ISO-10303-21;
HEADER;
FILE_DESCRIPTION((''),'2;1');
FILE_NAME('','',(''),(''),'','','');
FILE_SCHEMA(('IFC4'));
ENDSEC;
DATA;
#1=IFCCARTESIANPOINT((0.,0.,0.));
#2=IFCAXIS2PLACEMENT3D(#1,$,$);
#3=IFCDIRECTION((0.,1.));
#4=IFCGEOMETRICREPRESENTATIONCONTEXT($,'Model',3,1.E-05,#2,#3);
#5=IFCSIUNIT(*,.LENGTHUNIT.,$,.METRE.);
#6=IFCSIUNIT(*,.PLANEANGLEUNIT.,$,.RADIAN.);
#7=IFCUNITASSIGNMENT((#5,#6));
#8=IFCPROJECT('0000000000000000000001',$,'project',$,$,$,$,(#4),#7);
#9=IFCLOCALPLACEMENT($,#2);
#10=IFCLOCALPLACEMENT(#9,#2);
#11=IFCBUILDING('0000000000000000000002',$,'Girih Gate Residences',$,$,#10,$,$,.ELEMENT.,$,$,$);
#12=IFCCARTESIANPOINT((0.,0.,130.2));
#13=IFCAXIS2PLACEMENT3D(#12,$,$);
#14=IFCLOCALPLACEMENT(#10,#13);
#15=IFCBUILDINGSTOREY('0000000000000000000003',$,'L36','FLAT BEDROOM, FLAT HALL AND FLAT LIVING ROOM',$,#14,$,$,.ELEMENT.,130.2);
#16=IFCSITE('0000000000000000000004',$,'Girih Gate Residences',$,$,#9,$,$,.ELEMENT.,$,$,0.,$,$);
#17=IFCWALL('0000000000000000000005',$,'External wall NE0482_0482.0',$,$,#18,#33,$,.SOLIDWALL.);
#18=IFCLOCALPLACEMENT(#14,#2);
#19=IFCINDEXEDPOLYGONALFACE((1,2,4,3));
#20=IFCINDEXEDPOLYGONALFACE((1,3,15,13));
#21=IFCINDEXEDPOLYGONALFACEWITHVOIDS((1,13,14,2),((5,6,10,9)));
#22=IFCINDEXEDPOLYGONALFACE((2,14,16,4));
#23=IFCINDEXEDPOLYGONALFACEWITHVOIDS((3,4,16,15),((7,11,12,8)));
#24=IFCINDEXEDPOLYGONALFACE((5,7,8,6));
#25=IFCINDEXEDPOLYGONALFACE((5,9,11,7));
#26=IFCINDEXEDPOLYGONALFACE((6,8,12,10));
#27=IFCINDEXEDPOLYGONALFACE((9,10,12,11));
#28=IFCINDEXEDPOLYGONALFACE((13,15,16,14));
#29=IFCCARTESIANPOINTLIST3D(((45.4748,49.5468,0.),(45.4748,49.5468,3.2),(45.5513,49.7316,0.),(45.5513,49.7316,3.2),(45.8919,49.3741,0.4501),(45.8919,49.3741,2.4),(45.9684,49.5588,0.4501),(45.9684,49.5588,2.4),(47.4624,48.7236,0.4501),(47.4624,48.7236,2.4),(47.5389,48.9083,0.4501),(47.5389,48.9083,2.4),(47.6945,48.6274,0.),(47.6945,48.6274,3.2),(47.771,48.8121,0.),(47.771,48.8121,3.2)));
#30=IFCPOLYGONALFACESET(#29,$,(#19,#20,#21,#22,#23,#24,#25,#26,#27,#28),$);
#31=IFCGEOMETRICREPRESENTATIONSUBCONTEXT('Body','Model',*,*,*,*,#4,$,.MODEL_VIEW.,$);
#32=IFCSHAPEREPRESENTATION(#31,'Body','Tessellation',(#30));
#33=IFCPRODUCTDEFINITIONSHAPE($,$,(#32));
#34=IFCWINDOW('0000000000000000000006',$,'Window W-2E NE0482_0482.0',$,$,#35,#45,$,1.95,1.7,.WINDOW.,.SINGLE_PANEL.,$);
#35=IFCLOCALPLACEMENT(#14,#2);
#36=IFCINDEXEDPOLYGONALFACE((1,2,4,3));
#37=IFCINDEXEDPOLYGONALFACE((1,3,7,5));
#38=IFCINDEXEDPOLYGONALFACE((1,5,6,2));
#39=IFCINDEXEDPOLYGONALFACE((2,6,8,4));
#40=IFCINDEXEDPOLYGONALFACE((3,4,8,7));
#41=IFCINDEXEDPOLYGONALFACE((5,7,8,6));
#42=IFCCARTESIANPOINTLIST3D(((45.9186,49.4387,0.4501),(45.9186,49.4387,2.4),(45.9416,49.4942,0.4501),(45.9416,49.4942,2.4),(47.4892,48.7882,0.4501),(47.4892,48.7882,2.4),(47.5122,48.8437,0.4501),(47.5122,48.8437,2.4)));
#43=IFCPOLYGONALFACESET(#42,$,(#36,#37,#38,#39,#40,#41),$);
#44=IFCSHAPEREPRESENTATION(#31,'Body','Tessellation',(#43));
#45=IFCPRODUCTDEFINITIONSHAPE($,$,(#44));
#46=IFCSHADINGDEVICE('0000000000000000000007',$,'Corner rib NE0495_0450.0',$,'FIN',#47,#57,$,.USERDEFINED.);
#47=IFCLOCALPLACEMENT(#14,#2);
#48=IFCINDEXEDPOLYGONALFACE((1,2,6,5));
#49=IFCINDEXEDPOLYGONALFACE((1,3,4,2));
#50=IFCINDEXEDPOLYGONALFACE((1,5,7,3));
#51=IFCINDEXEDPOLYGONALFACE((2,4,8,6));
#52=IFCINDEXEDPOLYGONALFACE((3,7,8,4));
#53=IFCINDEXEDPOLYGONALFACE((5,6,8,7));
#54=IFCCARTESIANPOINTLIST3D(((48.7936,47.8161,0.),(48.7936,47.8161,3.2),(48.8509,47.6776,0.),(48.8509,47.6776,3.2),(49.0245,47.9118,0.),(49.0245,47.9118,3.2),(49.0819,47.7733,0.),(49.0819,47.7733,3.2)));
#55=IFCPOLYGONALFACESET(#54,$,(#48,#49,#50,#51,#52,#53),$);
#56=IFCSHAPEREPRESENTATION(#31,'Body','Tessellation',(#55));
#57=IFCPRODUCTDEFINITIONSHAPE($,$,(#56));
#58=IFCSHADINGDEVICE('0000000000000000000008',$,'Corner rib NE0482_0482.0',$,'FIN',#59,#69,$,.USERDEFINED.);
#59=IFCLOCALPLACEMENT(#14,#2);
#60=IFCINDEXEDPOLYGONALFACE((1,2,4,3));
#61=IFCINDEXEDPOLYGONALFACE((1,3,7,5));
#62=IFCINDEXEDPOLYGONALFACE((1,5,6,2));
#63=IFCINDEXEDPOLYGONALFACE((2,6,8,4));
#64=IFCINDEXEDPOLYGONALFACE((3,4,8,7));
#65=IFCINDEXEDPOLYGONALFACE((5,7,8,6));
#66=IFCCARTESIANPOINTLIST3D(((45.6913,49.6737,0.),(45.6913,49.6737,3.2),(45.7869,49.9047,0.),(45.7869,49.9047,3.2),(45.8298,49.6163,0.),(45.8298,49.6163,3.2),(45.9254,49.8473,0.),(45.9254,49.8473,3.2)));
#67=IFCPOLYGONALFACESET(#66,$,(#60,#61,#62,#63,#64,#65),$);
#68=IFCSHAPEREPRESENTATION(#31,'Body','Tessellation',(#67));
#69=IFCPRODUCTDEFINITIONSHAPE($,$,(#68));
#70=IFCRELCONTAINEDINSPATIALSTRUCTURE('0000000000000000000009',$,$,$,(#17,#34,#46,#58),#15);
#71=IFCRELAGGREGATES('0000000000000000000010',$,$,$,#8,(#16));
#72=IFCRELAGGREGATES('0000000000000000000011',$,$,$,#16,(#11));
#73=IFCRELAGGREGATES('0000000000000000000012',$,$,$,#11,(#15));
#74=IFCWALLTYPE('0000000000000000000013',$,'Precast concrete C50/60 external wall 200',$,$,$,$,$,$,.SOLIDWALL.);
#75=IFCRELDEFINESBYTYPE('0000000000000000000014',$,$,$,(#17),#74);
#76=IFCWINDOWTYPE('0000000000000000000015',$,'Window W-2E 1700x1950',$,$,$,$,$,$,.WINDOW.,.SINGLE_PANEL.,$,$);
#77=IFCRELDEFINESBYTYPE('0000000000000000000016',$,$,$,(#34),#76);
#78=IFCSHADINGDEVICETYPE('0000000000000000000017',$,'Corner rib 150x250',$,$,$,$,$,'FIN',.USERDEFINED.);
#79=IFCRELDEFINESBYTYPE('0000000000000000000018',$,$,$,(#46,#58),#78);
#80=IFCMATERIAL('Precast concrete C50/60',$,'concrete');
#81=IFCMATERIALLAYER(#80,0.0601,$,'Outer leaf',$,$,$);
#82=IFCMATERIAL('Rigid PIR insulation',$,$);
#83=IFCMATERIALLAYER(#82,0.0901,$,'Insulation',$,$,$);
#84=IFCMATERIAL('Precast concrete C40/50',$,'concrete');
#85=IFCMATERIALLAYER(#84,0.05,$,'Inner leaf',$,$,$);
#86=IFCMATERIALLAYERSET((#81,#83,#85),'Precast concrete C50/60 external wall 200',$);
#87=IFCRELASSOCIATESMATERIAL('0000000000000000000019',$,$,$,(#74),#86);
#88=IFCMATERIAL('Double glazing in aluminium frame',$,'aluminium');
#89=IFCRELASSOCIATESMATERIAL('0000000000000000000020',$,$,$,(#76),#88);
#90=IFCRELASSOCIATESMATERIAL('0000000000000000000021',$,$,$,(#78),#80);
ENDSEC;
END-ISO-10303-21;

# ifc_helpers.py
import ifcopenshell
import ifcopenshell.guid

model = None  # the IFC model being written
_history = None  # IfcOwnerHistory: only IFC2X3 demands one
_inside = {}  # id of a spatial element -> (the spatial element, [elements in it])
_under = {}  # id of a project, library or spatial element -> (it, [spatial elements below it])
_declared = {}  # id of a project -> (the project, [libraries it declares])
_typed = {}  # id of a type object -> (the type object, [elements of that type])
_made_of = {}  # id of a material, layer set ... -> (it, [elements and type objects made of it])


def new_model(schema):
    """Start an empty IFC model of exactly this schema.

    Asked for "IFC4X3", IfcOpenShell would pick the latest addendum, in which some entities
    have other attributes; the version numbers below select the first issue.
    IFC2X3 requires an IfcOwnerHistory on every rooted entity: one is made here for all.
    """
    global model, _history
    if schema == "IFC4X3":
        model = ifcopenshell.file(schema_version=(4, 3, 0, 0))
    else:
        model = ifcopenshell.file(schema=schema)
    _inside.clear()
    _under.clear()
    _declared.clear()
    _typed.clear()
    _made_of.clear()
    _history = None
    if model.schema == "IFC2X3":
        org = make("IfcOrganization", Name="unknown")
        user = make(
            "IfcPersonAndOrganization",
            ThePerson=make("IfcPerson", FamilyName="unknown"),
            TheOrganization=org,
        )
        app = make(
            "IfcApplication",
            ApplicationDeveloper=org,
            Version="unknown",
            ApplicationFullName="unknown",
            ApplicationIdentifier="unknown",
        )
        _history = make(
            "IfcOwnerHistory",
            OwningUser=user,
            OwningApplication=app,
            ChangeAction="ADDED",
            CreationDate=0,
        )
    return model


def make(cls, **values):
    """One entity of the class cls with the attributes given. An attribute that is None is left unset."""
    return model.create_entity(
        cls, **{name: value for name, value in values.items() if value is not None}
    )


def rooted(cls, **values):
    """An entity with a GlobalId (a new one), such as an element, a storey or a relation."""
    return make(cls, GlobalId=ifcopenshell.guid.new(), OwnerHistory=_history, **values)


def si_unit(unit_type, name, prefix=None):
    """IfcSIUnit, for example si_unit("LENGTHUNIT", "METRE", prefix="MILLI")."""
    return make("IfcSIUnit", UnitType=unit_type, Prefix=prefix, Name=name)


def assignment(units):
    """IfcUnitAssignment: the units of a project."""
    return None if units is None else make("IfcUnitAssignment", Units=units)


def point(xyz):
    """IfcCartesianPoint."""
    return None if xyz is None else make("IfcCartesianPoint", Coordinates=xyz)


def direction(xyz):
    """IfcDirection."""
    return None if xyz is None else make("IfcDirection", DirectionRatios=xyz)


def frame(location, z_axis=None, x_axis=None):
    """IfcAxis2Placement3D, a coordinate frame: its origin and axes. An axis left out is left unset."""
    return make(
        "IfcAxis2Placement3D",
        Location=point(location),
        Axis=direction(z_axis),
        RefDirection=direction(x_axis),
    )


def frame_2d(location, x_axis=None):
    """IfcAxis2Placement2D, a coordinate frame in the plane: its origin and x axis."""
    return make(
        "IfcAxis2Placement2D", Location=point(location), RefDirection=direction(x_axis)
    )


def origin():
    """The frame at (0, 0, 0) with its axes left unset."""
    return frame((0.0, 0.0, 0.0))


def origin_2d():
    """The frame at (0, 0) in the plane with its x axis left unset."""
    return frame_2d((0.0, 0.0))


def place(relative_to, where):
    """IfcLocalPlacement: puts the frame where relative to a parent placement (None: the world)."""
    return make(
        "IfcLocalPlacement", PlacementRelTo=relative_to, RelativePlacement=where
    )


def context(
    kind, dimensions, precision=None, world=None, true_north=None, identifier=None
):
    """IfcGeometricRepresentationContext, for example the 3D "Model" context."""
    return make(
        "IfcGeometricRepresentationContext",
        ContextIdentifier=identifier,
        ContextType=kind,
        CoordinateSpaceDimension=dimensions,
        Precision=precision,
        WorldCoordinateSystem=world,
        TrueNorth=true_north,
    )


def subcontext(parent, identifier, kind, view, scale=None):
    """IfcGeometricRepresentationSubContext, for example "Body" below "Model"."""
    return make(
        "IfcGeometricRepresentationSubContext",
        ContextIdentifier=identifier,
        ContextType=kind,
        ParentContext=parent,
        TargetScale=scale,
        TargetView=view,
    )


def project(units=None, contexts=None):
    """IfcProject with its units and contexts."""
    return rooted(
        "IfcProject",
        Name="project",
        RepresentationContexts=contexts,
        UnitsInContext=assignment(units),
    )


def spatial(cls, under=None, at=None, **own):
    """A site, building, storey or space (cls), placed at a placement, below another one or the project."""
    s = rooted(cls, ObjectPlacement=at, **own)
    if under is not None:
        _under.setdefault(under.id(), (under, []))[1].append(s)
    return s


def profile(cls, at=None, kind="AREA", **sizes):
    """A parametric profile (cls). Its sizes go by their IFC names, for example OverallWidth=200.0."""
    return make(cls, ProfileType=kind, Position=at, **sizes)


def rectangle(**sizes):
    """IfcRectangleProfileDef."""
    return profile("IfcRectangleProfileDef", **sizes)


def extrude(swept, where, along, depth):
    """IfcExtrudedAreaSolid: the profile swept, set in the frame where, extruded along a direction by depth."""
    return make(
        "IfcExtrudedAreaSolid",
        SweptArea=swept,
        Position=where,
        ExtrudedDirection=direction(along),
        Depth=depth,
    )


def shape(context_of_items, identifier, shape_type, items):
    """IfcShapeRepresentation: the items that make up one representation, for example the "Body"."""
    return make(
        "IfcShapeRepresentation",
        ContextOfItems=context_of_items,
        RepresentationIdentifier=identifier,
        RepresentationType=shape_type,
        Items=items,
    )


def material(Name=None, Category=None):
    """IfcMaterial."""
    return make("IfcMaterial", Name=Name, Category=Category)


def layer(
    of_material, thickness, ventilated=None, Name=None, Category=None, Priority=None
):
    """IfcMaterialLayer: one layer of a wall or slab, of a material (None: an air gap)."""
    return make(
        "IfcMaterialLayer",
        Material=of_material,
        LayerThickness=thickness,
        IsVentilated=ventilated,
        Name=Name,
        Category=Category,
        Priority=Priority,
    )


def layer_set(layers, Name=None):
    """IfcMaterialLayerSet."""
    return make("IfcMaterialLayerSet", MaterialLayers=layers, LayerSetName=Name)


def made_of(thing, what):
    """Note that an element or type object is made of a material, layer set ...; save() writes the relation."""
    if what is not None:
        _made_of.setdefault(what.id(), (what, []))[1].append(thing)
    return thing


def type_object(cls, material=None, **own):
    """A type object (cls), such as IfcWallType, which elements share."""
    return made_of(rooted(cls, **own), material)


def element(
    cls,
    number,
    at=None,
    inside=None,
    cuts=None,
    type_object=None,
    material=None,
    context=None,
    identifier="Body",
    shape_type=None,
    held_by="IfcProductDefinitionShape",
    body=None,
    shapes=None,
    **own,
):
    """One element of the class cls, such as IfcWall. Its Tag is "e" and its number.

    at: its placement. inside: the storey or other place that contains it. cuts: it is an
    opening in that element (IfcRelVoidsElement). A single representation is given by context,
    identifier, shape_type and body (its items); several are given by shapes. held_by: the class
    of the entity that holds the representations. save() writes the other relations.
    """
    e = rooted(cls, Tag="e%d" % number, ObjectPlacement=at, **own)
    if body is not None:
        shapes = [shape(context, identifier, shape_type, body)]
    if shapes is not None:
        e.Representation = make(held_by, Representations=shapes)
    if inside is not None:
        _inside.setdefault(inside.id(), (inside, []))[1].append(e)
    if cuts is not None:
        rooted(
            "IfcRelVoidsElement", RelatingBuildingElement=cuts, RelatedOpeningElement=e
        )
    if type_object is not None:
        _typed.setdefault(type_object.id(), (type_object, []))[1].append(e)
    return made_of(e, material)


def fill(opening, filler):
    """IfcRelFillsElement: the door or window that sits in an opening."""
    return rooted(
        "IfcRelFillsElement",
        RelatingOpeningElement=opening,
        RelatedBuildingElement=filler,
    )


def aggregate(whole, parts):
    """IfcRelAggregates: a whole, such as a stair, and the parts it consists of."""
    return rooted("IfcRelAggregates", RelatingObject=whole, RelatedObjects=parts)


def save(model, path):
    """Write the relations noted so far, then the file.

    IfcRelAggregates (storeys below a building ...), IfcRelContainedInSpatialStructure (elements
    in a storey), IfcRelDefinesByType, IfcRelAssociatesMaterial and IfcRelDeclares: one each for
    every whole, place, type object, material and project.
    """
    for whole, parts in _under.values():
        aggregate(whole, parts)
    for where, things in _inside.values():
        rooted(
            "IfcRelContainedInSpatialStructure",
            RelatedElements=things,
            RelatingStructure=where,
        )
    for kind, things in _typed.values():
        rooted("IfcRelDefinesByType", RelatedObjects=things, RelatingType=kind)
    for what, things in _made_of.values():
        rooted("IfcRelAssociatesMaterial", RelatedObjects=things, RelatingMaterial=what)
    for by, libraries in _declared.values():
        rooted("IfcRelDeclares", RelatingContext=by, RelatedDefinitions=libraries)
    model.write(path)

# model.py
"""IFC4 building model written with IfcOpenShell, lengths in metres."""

from ifc_helpers import new_model, si_unit, direction, frame, frame_2d, origin, origin_2d, place, context, subcontext, project, spatial, rectangle, extrude, material, layer, layer_set, type_object, element, fill, save


model = new_model("IFC4")

# Units and contexts
model_context = context("Model", 3, precision=1e-05, world=origin(), true_north=direction((0.0, 1.0)))
body_context = subcontext(model_context, "Body", "Model", "MODEL_VIEW")
ifc_project = project(units=[si_unit("LENGTHUNIT", "METRE"), si_unit("PLANEANGLEUNIT", "RADIAN")], contexts=[model_context])

# Site, building, storey
site_placement = place(None, origin())
site = spatial("IfcSite", under=ifc_project, at=site_placement, Name="Girih Gate Residences", CompositionType="ELEMENT", RefElevation=0.0)
building_placement = place(site_placement, origin())
building = spatial("IfcBuilding", under=site, at=building_placement, Name="Girih Gate Residences", CompositionType="ELEMENT")
storey_placement = place(building_placement, frame((0.0, 0.0, 130.2)))
storey = spatial("IfcBuildingStorey", under=building, at=storey_placement, Name="L36", Description="FLAT BEDROOM, FLAT HALL AND FLAT LIVING ROOM", CompositionType="ELEMENT", Elevation=130.2)

# Wall, opening, window
ifc_material_1 = material(Name="Precast concrete C50/60", Category="concrete")
ifc_layer_1 = layer(ifc_material_1, 0.0601, Name="Outer leaf")
ifc_material_2 = material(Name="Rigid PIR insulation")
ifc_layer_2 = layer(ifc_material_2, 0.0901, Name="Insulation")
ifc_material_3 = material(Name="Precast concrete C40/50", Category="concrete")
ifc_layer_3 = layer(ifc_material_3, 0.05, Name="Inner leaf")
ifc_layer_set_1 = layer_set([ifc_layer_1, ifc_layer_2, ifc_layer_3], Name="Precast concrete C50/60 external wall 200")
wall_type_1 = type_object("IfcWallType", Name="Precast concrete C50/60 external wall 200", PredefinedType="SOLIDWALL", material=ifc_layer_set_1)
ifc_material_4 = material(Name="Double glazing in aluminium frame", Category="aluminium")
window_type_1 = type_object("IfcWindowType", Name="Window W-2E 1700x1950", PartitioningType="SINGLE_PANEL", PredefinedType="WINDOW", material=ifc_material_4)
wall_1_placement = place(storey_placement, frame((45.5132, 49.6392, 0.0), z_axis=(0.0, 0.0, 1.0), x_axis=(0.923881, -0.382681, 0.0)))
wall_1 = element("IfcWall", 1, at=wall_1_placement, inside=storey, type_object=wall_type_1, Name="External wall NE0482_0482.0", PredefinedType="SOLIDWALL", context=body_context, shape_type="SweptSolid", body=[
    extrude(rectangle(XDim=2.4026, YDim=0.2, at=frame_2d((1.2012, 0.0))), origin(), (0.0, 0.0, 1.0), 3.2),
])
opening_1_placement = place(wall_1_placement, frame((0.4512, 0.0, 0.45)))
opening_1 = element("IfcOpeningElement", 2, at=opening_1_placement, cuts=wall_1, PredefinedType="OPENING", context=body_context, shape_type="SweptSolid", body=[
    extrude(rectangle(XDim=1.7, YDim=1.95, at=frame_2d((0.8501, 0.9751))), frame((0.0, 0.1099, 0.0), z_axis=(0.0, -1.0, 0.0), x_axis=(1.0, 0.0, 0.0)), (0.0, 0.0, 1.0), 0.22),
])
window_1_placement = place(opening_1_placement, origin())
window_1 = element("IfcWindow", 3, at=window_1_placement, inside=storey, type_object=window_type_1, Name="Window W-2E NE0482_0482.0", OverallHeight=1.95, OverallWidth=1.7, PartitioningType="SINGLE_PANEL", PredefinedType="WINDOW", context=body_context, shape_type="SweptSolid", body=[
    extrude(rectangle(XDim=1.7, YDim=1.95, at=frame_2d((0.8501, 0.9751))), frame((0.0, 0.03, 0.0), z_axis=(0.0, -1.0, 0.0), x_axis=(1.0, 0.0, 0.0)), (0.0, 0.0, 1.0), 0.0601),
])
fill(opening_1, window_1)

# Shading devices
shading_device_type = type_object("IfcShadingDeviceType", Name="Corner rib 150x250", ElementType="FIN", PredefinedType="USERDEFINED", material=ifc_material_1)
for number, where, z_axis, x_axis, name in (
    (4, (48.9377, 47.7947, 0.0), (0.0, 0.0, 1.0), (-0.382683, 0.92388, 0.0), "Corner rib NE0495_0450.0"),
    (5, (45.8083, 49.7605, 0.0), (0.0, 0.0, 1.0), (-0.92388, 0.382683, 0.0), "Corner rib NE0482_0482.0"),
):
    element("IfcShadingDevice", number, at=place(storey_placement, frame(where, z_axis=z_axis, x_axis=x_axis)), inside=storey, type_object=shading_device_type, Name=name, ObjectType="FIN", PredefinedType="USERDEFINED", context=body_context, shape_type="SweptSolid", body=[
        extrude(rectangle(XDim=0.1499, YDim=0.25, at=origin_2d()), origin(), (0.0, 0.0, 1.0), 3.2),
    ])

save(model, "model.ifc")
